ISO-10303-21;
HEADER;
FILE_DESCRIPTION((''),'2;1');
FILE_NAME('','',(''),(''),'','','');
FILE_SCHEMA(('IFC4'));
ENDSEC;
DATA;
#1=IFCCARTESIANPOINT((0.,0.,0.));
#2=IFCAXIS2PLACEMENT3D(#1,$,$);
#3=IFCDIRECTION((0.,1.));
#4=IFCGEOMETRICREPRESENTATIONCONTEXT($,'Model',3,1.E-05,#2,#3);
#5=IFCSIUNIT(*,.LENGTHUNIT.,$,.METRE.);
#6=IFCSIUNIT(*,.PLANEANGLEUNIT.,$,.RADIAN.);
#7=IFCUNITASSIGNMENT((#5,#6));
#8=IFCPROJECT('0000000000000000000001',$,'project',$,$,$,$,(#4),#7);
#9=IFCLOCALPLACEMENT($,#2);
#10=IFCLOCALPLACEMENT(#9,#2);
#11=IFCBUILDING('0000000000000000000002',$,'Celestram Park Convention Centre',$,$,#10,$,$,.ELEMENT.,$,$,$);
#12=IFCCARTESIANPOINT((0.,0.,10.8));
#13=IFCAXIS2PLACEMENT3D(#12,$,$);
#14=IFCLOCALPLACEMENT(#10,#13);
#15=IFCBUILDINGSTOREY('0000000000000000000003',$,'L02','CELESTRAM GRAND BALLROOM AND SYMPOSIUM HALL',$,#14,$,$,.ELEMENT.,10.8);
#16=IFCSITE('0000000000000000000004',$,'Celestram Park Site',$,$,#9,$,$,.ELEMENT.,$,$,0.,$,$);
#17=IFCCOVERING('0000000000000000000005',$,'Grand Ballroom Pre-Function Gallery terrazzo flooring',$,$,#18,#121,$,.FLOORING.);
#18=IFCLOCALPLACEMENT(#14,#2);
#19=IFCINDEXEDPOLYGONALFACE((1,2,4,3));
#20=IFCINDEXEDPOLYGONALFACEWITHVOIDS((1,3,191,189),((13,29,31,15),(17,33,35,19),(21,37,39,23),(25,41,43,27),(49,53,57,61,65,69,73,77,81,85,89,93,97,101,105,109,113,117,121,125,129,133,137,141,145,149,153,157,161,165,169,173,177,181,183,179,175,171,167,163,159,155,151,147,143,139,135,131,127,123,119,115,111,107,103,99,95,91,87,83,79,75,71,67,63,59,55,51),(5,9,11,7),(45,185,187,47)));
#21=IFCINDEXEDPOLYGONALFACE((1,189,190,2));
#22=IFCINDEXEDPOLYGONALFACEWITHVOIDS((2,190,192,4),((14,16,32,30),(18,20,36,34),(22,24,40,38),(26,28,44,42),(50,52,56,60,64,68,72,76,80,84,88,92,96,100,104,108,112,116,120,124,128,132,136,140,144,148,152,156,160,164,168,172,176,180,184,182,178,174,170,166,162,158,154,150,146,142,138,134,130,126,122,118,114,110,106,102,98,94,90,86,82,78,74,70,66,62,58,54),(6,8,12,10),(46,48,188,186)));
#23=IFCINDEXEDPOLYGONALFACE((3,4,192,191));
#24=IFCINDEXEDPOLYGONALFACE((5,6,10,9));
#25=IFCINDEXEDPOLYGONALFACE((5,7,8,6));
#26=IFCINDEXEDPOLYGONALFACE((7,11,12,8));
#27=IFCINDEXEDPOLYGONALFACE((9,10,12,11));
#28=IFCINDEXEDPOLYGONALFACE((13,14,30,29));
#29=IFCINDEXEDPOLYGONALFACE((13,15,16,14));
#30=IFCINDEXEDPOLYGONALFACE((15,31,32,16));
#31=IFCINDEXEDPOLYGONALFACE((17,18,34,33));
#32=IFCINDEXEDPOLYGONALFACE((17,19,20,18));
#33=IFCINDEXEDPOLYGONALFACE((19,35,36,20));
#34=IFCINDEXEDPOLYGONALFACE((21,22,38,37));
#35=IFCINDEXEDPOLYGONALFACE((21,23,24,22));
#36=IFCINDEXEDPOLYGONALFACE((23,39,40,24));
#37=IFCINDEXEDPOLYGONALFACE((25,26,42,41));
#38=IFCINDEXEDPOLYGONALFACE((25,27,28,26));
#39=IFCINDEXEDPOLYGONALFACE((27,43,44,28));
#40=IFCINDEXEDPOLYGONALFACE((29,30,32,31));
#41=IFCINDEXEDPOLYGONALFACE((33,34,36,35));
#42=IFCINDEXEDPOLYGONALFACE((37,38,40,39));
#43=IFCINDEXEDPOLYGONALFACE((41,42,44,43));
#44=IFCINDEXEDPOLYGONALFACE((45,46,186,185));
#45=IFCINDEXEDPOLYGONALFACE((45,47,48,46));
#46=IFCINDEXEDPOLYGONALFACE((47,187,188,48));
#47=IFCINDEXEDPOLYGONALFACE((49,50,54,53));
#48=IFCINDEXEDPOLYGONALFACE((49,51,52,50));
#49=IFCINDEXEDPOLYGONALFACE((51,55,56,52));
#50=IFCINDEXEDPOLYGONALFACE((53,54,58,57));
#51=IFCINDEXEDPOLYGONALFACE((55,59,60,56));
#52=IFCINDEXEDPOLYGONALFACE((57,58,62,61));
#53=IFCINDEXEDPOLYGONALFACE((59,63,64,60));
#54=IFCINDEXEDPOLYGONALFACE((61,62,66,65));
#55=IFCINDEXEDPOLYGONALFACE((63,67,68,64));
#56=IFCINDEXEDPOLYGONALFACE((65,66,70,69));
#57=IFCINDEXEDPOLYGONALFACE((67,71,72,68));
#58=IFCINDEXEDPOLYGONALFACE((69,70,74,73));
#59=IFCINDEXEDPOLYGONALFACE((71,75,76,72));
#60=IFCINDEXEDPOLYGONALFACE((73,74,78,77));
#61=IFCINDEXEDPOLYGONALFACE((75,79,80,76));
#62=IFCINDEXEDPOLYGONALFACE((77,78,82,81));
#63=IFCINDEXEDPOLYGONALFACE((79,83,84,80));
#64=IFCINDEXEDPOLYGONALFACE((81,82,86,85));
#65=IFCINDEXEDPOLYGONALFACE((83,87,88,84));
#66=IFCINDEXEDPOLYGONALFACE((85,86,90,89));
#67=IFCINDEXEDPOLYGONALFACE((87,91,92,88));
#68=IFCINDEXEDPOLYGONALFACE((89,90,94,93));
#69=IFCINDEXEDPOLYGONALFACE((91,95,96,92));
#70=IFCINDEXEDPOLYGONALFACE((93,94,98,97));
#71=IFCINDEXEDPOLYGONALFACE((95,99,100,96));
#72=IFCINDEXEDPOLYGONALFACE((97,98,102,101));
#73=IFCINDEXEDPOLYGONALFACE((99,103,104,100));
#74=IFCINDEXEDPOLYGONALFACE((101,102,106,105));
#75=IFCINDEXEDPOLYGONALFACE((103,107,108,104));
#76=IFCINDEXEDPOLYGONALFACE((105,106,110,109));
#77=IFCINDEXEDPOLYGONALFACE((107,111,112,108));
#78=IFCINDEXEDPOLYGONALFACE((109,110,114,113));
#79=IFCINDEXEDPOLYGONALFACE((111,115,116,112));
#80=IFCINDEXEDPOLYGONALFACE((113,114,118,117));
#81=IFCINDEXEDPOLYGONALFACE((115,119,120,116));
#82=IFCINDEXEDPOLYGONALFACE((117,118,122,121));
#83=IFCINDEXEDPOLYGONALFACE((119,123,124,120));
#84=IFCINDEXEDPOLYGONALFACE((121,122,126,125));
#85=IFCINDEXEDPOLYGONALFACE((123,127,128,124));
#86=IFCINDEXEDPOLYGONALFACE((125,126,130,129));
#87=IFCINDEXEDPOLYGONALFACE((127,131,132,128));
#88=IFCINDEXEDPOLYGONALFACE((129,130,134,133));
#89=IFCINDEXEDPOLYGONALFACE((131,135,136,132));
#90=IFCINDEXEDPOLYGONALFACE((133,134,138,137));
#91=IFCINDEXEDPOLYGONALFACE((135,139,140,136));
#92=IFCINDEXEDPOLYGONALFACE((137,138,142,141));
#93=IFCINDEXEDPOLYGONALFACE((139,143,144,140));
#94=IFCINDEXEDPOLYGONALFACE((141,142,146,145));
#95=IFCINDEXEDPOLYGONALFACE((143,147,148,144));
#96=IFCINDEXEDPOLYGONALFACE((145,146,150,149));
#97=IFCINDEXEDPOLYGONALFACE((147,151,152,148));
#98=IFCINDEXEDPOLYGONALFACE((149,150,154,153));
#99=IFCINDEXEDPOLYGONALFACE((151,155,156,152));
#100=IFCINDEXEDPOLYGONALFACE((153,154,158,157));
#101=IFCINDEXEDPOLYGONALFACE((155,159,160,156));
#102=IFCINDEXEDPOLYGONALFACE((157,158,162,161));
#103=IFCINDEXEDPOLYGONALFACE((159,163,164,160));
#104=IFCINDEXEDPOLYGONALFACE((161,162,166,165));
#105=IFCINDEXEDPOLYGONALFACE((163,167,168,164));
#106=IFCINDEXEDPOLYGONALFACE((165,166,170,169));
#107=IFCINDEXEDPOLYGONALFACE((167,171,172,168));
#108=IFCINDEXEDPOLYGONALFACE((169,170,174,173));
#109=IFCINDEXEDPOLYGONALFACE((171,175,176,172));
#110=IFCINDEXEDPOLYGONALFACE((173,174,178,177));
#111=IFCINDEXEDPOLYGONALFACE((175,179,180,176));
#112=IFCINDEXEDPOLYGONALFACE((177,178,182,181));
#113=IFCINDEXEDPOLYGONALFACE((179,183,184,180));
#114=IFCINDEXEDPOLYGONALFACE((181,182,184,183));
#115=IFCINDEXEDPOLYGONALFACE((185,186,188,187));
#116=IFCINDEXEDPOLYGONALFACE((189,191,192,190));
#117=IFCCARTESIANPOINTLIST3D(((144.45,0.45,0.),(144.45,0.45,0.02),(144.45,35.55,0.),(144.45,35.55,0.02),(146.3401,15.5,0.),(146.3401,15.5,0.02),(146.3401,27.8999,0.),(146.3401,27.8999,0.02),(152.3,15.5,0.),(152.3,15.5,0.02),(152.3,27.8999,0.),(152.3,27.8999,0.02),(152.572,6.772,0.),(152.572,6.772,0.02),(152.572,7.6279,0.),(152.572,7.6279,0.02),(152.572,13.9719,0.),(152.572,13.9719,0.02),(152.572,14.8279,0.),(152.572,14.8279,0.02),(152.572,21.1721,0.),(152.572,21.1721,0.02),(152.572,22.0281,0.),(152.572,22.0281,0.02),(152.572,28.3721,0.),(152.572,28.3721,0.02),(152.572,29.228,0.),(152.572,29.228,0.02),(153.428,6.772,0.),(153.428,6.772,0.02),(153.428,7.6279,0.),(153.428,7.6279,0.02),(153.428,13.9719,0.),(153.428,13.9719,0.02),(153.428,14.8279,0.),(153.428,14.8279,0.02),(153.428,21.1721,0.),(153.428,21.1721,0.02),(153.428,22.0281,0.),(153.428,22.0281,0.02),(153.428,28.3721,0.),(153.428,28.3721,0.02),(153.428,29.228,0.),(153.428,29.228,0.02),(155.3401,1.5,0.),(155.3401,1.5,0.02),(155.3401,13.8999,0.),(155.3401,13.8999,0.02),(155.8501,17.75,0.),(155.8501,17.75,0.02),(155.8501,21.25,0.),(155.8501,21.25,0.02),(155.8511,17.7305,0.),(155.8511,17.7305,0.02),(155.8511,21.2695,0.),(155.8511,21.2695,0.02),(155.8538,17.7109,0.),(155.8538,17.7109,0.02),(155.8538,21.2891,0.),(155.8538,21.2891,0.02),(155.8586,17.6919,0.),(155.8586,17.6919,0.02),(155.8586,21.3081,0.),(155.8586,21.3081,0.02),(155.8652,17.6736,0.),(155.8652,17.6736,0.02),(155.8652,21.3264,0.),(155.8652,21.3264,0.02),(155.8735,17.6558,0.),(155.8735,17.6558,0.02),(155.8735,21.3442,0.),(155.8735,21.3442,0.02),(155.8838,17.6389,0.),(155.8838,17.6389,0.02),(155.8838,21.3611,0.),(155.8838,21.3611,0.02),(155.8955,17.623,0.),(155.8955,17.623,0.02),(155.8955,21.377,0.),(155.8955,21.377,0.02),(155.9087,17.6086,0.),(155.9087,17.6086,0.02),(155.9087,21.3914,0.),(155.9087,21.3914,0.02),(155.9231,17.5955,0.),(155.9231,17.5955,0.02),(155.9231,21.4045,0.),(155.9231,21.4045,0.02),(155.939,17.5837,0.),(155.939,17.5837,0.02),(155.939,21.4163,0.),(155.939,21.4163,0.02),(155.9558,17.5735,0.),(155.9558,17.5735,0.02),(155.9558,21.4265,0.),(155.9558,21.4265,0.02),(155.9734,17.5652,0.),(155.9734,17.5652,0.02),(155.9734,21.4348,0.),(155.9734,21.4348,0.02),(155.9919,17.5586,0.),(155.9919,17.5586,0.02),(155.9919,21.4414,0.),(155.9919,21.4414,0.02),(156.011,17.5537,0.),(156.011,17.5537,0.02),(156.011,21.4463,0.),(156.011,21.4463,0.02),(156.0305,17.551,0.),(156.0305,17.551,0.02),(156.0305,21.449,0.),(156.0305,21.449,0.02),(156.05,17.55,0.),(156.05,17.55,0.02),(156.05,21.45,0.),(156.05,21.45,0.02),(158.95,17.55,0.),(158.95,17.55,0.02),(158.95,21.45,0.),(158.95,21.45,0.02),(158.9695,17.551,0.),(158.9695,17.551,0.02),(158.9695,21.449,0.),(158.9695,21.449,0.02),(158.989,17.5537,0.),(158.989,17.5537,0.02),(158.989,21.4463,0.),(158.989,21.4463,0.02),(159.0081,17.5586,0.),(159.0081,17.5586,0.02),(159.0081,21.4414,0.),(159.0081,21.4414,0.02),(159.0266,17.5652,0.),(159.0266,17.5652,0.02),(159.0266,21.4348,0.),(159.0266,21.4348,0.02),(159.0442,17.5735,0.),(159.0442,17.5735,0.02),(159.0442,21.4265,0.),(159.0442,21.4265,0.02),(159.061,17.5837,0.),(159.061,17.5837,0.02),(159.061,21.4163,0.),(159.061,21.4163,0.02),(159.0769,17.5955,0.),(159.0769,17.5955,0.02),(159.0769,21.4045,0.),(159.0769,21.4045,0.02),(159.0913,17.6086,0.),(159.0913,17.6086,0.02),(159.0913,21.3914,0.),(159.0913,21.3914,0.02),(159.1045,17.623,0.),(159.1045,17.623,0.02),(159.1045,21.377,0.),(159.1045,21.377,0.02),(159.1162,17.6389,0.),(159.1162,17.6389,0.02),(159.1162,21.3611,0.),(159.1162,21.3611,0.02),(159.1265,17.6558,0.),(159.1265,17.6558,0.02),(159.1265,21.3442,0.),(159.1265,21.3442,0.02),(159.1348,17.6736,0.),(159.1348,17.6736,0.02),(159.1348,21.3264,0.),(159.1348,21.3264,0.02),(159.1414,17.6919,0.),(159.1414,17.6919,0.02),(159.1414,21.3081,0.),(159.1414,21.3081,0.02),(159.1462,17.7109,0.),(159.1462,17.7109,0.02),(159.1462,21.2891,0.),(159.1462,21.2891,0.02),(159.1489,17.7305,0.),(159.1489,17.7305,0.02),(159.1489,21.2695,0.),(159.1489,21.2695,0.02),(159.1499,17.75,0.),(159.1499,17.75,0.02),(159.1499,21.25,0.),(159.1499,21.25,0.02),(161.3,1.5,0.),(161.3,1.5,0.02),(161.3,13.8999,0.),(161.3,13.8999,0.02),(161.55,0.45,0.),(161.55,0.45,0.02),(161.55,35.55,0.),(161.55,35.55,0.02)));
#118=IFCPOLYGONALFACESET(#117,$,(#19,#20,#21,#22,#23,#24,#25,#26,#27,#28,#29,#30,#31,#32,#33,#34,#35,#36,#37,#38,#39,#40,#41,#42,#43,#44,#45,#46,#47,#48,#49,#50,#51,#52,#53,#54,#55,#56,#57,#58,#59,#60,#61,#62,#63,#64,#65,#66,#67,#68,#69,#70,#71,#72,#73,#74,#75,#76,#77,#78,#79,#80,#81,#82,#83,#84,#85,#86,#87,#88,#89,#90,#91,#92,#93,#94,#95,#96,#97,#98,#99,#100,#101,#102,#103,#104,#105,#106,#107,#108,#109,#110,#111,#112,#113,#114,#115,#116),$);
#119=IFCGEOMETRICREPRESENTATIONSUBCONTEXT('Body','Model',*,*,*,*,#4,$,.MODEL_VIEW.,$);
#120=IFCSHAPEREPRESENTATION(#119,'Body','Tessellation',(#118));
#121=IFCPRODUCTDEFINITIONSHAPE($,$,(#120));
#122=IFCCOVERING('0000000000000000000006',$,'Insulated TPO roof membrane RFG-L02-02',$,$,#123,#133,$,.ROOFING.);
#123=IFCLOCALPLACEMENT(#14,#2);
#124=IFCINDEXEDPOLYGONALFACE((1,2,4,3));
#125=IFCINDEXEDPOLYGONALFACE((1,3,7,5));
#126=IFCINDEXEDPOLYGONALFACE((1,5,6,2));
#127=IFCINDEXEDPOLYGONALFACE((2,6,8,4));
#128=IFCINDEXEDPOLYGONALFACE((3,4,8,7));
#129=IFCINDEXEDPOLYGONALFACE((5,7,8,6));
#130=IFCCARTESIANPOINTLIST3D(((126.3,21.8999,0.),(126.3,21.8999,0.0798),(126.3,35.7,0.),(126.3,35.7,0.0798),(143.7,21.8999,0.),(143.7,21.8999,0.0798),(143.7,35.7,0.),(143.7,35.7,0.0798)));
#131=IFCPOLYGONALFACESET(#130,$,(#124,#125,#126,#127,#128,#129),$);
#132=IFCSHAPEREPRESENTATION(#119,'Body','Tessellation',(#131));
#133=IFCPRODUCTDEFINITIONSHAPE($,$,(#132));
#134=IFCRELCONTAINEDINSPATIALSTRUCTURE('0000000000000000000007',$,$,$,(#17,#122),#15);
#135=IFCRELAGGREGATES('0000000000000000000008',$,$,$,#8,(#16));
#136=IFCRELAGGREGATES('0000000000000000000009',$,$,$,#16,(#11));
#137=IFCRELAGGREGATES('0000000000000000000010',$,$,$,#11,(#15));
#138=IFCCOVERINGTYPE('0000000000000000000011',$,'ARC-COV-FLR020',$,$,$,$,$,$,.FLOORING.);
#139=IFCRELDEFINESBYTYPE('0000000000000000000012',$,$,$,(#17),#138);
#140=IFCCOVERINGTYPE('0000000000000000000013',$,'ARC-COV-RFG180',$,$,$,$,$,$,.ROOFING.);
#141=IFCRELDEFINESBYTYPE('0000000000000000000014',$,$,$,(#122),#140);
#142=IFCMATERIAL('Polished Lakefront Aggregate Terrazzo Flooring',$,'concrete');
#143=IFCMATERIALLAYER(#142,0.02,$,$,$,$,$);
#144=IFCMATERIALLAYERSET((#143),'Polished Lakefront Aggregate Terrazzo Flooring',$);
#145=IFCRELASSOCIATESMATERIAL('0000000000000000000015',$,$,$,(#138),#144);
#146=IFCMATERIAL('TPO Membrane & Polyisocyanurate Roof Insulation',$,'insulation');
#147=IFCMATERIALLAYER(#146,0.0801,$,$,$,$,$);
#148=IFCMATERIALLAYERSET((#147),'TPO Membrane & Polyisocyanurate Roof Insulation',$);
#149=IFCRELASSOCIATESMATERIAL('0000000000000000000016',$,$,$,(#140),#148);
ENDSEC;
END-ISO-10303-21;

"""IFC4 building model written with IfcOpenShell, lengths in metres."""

from ifc_helpers import new_model, si_unit, direction, frame, origin, place, context, subcontext, project, spatial, polyline, outline, extrude, material, layer, layer_set, type_object, element, save


model = new_model("IFC4")

# Units and contexts
model_context = context("Model", 3, precision=1e-05, world=origin(), true_north=direction((0.0, 1.0)))
body_context = subcontext(model_context, "Body", "Model", "MODEL_VIEW")
ifc_project = project(units=[si_unit("LENGTHUNIT", "METRE"), si_unit("PLANEANGLEUNIT", "RADIAN")], contexts=[model_context])

# Site, building, storey
site_placement = place(None, origin())
site = spatial("IfcSite", under=ifc_project, at=site_placement, Name="Celestram Park Site", CompositionType="ELEMENT", RefElevation=0.0)
building_placement = place(site_placement, origin())
building = spatial("IfcBuilding", under=site, at=building_placement, Name="Celestram Park Convention Centre", CompositionType="ELEMENT")
storey_placement = place(building_placement, frame((0.0, 0.0, 10.8)))
storey = spatial("IfcBuildingStorey", under=building, at=storey_placement, Name="L02", Description="CELESTRAM GRAND BALLROOM AND SYMPOSIUM HALL", CompositionType="ELEMENT", Elevation=10.8)

# Coverings
ifc_material_1 = material(Name="Polished Lakefront Aggregate Terrazzo Flooring", Category="concrete")
ifc_layer_1 = layer(ifc_material_1, 0.02)
ifc_layer_set_1 = layer_set([ifc_layer_1], Name="Polished Lakefront Aggregate Terrazzo Flooring")
covering_type_1 = type_object("IfcCoveringType", Name="ARC-COV-FLR020", PredefinedType="FLOORING", material=ifc_layer_set_1)
covering_1_placement = place(storey_placement, origin())
element("IfcCovering", 1, at=covering_1_placement, inside=storey, type_object=covering_type_1, Name="Grand Ballroom Pre-Function Gallery terrazzo flooring", PredefinedType="FLOORING", context=body_context, shape_type="SweptSolid", body=[
    extrude(outline(polyline([(161.55, 35.55), (161.55, 0.45), (144.45, 0.45), (144.45, 35.55), (161.55, 35.55)]), holes=[polyline([(159.1414, 21.3081), (159.1348, 21.3264), (159.1265, 21.3442), (159.1162, 21.3611), (159.1045, 21.377), (159.0913, 21.3914), (159.0769, 21.4045), (159.061, 21.4163), (159.0442, 21.4265), (159.0266, 21.4348), (159.0081, 21.4414), (158.989, 21.4463), (158.9695, 21.449), (158.95, 21.45), (156.05, 21.45), (156.0305, 21.449), (156.011, 21.4463), (155.9919, 21.4414), (155.9734, 21.4348), (155.9558, 21.4265), (155.939, 21.4163), (155.9231, 21.4045), (155.9087, 21.3914), (155.8955, 21.377), (155.8838, 21.3611), (155.8735, 21.3442), (155.8652, 21.3264), (155.8586, 21.3081), (155.8538, 21.2891), (155.8511, 21.2695), (155.8501, 21.25), (155.8501, 21.25), (155.8501, 17.75), (155.8501, 17.75), (155.8511, 17.7305), (155.8538, 17.7109), (155.8586, 17.6919), (155.8652, 17.6736), (155.8735, 17.6558), (155.8838, 17.6389), (155.8955, 17.623), (155.9087, 17.6086), (155.9231, 17.5955), (155.939, 17.5837), (155.9558, 17.5735), (155.9734, 17.5652), (155.9919, 17.5586), (156.011, 17.5537), (156.0305, 17.551), (156.05, 17.55), (158.95, 17.55), (158.9695, 17.551), (158.989, 17.5537), (159.0081, 17.5586), (159.0266, 17.5652), (159.0442, 17.5735), (159.061, 17.5837), (159.0769, 17.5955), (159.0913, 17.6086), (159.1045, 17.623), (159.1162, 17.6389), (159.1265, 17.6558), (159.1348, 17.6736), (159.1414, 17.6919), (159.1462, 17.7109), (159.1489, 17.7305), (159.1499, 17.75), (159.1499, 17.75), (159.1499, 21.25), (159.1499, 21.25), (159.1489, 21.2695), (159.1462, 21.2891), (159.1414, 21.3081)]), polyline([(161.3, 13.8999), (155.3401, 13.8999), (155.3401, 1.5), (161.3, 1.5), (161.3, 13.8999)]), polyline([(152.3, 27.8999), (146.3401, 27.8999), (146.3401, 15.5), (152.3, 15.5), (152.3, 27.8999)]), polyline([(152.572, 7.6279), (152.572, 6.772), (153.428, 6.772), (153.428, 7.6279), (152.572, 7.6279)]), polyline([(153.428, 14.8279), (152.572, 14.8279), (152.572, 13.9719), (153.428, 13.9719), (153.428, 14.8279)]), polyline([(153.428, 29.228), (152.572, 29.228), (152.572, 28.3721), (153.428, 28.3721), (153.428, 29.228)]), polyline([(153.428, 22.0281), (152.572, 22.0281), (152.572, 21.1721), (153.428, 21.1721), (153.428, 22.0281)])]), origin(), (0.0, 0.0, 1.0), 0.02),
])
ifc_material_2 = material(Name="TPO Membrane & Polyisocyanurate Roof Insulation", Category="insulation")
ifc_layer_2 = layer(ifc_material_2, 0.0801)
ifc_layer_set_2 = layer_set([ifc_layer_2], Name="TPO Membrane & Polyisocyanurate Roof Insulation")
covering_type_2 = type_object("IfcCoveringType", Name="ARC-COV-RFG180", PredefinedType="ROOFING", material=ifc_layer_set_2)
covering_2_placement = place(storey_placement, origin())
element("IfcCovering", 2, at=covering_2_placement, inside=storey, type_object=covering_type_2, Name="Insulated TPO roof membrane RFG-L02-02", PredefinedType="ROOFING", context=body_context, shape_type="SweptSolid", body=[
    extrude(outline(polyline([(126.3, 35.7), (143.7, 35.7), (143.7, 21.8999), (126.3, 21.8999), (126.3, 35.7)])), origin(), (0.0, 0.0, 1.0), 0.0798),
])

save(model, "model.ifc")
